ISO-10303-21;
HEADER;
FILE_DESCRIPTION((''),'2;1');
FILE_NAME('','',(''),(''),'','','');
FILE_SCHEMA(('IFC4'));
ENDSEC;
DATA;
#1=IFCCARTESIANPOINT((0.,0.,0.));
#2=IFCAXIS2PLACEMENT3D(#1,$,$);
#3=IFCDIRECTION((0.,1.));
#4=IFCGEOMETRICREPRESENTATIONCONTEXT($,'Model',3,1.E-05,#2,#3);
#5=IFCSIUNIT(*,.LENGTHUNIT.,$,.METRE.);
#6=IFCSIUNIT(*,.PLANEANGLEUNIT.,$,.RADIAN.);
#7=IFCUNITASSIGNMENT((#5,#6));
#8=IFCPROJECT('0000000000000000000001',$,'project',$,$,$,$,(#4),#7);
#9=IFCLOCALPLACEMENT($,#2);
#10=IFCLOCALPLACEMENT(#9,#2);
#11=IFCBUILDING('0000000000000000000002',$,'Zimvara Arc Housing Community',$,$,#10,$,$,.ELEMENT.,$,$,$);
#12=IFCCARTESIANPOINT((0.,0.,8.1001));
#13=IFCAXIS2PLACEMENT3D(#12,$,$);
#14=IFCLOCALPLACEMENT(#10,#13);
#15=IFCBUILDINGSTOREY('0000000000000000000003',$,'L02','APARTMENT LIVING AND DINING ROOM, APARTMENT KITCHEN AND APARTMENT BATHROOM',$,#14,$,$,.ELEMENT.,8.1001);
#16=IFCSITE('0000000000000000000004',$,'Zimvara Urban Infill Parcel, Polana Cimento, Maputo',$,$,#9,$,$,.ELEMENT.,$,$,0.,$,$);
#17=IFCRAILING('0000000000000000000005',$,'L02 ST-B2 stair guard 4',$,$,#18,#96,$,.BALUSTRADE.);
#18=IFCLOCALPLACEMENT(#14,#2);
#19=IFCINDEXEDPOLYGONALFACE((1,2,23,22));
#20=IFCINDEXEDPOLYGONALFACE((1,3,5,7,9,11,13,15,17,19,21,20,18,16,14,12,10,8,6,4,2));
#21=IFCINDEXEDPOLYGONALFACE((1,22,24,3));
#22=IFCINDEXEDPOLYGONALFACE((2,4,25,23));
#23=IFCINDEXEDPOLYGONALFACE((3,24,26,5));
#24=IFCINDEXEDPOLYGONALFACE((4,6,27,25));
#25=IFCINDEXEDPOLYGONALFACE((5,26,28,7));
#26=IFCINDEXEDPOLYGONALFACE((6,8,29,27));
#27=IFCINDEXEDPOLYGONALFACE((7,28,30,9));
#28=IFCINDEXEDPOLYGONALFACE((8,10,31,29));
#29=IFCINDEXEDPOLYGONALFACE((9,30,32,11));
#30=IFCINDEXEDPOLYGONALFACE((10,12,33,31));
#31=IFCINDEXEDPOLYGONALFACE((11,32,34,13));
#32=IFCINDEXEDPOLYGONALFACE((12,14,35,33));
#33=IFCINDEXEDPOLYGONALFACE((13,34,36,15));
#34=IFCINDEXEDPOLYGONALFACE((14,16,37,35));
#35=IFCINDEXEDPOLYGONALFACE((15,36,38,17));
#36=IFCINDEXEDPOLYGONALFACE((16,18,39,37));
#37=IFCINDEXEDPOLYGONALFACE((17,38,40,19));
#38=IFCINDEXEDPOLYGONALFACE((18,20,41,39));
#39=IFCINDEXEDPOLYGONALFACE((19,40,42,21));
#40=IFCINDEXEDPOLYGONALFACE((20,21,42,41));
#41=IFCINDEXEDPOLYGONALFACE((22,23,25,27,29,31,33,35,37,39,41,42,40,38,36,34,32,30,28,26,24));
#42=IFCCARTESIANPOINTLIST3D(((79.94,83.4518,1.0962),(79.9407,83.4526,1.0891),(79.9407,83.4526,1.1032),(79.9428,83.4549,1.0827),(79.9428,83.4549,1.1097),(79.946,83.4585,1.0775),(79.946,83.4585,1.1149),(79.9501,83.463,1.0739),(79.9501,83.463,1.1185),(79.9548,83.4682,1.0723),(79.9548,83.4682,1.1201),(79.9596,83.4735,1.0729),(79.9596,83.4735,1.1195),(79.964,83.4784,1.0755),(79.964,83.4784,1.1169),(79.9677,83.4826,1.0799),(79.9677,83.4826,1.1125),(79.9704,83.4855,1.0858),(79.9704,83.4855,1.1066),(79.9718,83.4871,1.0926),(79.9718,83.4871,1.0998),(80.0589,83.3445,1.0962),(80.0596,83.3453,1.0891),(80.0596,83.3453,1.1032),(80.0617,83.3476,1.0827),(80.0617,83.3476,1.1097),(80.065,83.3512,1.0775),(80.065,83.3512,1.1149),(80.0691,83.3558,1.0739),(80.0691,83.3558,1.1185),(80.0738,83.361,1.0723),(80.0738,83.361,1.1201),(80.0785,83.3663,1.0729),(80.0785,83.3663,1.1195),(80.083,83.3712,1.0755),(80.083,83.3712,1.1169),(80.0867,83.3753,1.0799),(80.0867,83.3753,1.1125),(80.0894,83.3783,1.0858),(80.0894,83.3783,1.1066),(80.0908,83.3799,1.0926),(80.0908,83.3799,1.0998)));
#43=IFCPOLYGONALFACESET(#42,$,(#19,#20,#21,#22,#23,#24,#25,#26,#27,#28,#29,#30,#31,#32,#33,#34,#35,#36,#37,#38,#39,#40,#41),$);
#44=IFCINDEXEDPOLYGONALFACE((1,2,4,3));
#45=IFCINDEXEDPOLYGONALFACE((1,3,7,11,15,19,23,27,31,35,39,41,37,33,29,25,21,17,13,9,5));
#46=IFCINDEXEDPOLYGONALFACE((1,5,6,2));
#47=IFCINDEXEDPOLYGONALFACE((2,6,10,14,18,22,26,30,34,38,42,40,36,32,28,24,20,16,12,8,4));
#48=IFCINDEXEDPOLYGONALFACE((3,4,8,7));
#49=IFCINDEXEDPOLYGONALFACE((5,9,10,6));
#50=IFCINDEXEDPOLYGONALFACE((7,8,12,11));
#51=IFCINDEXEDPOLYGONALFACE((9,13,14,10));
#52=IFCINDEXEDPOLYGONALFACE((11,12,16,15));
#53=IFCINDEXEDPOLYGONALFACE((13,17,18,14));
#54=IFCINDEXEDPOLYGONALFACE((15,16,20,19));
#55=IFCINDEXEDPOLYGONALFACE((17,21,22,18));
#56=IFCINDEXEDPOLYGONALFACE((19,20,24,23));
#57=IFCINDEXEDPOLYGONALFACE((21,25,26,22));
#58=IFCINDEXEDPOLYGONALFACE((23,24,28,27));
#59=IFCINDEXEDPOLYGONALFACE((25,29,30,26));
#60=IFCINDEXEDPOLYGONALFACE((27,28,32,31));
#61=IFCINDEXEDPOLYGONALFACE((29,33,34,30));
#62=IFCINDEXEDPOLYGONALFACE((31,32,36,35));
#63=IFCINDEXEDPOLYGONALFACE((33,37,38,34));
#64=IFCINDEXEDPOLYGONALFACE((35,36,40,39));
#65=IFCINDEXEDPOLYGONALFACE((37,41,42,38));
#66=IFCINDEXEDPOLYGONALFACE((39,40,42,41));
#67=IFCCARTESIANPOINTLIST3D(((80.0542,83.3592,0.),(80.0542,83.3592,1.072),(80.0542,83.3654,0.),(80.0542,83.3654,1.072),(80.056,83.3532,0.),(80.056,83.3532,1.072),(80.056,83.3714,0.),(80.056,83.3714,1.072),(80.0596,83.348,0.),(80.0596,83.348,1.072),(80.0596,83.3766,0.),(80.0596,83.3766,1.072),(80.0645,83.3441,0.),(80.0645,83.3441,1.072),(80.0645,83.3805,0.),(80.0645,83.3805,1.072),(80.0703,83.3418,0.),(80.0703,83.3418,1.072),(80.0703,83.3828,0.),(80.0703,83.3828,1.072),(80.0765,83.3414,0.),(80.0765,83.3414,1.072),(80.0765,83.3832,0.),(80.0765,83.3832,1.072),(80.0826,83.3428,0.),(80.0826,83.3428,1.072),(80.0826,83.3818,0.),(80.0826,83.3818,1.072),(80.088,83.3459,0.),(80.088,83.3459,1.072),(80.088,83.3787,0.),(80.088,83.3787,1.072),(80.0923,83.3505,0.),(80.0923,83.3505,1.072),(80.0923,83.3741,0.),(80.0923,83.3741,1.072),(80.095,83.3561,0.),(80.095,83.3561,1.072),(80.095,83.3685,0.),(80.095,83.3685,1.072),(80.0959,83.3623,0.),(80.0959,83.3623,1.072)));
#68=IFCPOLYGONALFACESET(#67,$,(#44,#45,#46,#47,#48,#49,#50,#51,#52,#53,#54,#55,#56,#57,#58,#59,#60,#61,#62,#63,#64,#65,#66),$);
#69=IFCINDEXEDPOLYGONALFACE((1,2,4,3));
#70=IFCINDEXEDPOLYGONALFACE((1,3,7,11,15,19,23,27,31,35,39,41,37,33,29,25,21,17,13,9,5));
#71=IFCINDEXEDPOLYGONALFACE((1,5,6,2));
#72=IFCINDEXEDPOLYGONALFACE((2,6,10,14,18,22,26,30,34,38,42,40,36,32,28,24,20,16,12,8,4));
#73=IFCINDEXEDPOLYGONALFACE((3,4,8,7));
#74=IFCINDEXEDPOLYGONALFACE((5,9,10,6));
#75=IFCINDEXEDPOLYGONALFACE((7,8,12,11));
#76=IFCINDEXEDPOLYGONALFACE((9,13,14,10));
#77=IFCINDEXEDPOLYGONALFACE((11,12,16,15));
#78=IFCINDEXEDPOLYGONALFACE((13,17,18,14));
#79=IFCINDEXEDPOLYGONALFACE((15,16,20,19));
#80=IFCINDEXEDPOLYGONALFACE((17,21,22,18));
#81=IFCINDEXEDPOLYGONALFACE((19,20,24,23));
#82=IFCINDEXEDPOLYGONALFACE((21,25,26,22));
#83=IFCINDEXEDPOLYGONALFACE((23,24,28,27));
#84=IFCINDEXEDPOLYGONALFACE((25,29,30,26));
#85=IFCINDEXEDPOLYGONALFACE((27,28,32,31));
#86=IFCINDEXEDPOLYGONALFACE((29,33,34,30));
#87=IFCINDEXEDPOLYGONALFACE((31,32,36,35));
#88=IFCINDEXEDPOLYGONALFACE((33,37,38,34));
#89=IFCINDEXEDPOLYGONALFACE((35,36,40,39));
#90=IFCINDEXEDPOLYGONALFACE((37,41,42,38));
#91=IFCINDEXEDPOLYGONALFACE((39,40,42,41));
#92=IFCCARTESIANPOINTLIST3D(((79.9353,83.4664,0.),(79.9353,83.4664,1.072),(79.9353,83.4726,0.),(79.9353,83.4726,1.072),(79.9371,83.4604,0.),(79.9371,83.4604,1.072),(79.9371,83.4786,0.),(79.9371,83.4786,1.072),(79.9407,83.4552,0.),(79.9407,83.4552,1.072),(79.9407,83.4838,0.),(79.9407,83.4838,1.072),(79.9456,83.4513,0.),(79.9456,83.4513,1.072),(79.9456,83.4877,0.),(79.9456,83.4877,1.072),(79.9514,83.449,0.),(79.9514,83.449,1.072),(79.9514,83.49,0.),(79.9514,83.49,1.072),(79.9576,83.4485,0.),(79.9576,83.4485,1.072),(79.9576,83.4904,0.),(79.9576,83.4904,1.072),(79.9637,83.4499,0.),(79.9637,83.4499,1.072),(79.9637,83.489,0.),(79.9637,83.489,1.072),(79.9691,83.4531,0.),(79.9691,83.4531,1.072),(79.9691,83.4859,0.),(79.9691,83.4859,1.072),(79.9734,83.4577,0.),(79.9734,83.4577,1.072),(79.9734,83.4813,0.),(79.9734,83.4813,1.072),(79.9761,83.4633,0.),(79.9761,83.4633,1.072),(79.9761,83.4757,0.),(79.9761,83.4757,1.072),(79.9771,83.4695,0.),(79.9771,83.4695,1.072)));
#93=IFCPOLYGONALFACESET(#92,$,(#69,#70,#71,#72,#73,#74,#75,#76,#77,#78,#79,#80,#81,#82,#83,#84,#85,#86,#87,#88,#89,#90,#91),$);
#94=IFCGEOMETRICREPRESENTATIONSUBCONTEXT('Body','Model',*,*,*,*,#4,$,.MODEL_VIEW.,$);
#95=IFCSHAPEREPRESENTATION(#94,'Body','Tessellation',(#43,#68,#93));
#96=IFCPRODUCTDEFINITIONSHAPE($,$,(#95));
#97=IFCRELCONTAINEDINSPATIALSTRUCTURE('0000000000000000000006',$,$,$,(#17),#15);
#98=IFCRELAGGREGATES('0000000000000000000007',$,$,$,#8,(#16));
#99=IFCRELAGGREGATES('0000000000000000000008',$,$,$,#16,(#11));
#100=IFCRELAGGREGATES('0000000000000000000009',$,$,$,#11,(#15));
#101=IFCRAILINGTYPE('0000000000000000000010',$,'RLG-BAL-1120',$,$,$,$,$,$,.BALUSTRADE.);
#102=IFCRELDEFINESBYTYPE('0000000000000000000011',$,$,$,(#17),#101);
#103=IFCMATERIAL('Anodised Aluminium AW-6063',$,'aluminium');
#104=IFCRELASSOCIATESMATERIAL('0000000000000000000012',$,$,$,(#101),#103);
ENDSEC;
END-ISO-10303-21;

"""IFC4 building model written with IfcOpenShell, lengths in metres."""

from ifc_helpers import new_model, si_unit, direction, frame, origin, origin_2d, place, context, subcontext, project, spatial, circle, extrude, material, type_object, element, save


model = new_model("IFC4")

# Units and contexts
model_context = context("Model", 3, precision=1e-05, world=origin(), true_north=direction((0.0, 1.0)))
body_context = subcontext(model_context, "Body", "Model", "MODEL_VIEW")
ifc_project = project(units=[si_unit("LENGTHUNIT", "METRE"), si_unit("PLANEANGLEUNIT", "RADIAN")], contexts=[model_context])

# Site, building, storey
site_placement = place(None, origin())
site = spatial("IfcSite", under=ifc_project, at=site_placement, Name="Zimvara Urban Infill Parcel, Polana Cimento, Maputo", CompositionType="ELEMENT", RefElevation=0.0)
building_placement = place(site_placement, origin())
building = spatial("IfcBuilding", under=site, at=building_placement, Name="Zimvara Arc Housing Community", CompositionType="ELEMENT")
storey_placement = place(building_placement, frame((0.0, 0.0, 8.1001)))
storey = spatial("IfcBuildingStorey", under=building, at=storey_placement, Name="L02", Description="APARTMENT LIVING AND DINING ROOM, APARTMENT KITCHEN AND APARTMENT BATHROOM", CompositionType="ELEMENT", Elevation=8.1001)

# Railing
ifc_material_1 = material(Name="Anodised Aluminium AW-6063", Category="aluminium")
railing_type_1 = type_object("IfcRailingType", Name="RLG-BAL-1120", PredefinedType="BALUSTRADE", material=ifc_material_1)
railing_1_placement = place(storey_placement, frame((80.075, 83.3623, 0.0)))
element("IfcRailing", 1, at=railing_1_placement, inside=storey, type_object=railing_type_1, Name="L02 ST-B2 stair guard 4", PredefinedType="BALUSTRADE", context=body_context, shape_type="SweptSolid", body=[
    extrude(circle(Radius=0.0239, at=origin_2d()), frame((0.0, 0.0, 1.0962), z_axis=(-0.742763, 0.669554, 0.0), x_axis=(-0.669554, -0.742763, 0.0)), (0.0, 0.0, 1.0), 0.1602),
    extrude(circle(Radius=0.021, at=origin_2d()), origin(), (0.0, 0.0, 1.0), 1.072),
    extrude(circle(Radius=0.021, at=origin_2d()), frame((-0.1189, 0.1072, 0.0)), (0.0, 0.0, 1.0), 1.072),
])

save(model, "model.ifc")
